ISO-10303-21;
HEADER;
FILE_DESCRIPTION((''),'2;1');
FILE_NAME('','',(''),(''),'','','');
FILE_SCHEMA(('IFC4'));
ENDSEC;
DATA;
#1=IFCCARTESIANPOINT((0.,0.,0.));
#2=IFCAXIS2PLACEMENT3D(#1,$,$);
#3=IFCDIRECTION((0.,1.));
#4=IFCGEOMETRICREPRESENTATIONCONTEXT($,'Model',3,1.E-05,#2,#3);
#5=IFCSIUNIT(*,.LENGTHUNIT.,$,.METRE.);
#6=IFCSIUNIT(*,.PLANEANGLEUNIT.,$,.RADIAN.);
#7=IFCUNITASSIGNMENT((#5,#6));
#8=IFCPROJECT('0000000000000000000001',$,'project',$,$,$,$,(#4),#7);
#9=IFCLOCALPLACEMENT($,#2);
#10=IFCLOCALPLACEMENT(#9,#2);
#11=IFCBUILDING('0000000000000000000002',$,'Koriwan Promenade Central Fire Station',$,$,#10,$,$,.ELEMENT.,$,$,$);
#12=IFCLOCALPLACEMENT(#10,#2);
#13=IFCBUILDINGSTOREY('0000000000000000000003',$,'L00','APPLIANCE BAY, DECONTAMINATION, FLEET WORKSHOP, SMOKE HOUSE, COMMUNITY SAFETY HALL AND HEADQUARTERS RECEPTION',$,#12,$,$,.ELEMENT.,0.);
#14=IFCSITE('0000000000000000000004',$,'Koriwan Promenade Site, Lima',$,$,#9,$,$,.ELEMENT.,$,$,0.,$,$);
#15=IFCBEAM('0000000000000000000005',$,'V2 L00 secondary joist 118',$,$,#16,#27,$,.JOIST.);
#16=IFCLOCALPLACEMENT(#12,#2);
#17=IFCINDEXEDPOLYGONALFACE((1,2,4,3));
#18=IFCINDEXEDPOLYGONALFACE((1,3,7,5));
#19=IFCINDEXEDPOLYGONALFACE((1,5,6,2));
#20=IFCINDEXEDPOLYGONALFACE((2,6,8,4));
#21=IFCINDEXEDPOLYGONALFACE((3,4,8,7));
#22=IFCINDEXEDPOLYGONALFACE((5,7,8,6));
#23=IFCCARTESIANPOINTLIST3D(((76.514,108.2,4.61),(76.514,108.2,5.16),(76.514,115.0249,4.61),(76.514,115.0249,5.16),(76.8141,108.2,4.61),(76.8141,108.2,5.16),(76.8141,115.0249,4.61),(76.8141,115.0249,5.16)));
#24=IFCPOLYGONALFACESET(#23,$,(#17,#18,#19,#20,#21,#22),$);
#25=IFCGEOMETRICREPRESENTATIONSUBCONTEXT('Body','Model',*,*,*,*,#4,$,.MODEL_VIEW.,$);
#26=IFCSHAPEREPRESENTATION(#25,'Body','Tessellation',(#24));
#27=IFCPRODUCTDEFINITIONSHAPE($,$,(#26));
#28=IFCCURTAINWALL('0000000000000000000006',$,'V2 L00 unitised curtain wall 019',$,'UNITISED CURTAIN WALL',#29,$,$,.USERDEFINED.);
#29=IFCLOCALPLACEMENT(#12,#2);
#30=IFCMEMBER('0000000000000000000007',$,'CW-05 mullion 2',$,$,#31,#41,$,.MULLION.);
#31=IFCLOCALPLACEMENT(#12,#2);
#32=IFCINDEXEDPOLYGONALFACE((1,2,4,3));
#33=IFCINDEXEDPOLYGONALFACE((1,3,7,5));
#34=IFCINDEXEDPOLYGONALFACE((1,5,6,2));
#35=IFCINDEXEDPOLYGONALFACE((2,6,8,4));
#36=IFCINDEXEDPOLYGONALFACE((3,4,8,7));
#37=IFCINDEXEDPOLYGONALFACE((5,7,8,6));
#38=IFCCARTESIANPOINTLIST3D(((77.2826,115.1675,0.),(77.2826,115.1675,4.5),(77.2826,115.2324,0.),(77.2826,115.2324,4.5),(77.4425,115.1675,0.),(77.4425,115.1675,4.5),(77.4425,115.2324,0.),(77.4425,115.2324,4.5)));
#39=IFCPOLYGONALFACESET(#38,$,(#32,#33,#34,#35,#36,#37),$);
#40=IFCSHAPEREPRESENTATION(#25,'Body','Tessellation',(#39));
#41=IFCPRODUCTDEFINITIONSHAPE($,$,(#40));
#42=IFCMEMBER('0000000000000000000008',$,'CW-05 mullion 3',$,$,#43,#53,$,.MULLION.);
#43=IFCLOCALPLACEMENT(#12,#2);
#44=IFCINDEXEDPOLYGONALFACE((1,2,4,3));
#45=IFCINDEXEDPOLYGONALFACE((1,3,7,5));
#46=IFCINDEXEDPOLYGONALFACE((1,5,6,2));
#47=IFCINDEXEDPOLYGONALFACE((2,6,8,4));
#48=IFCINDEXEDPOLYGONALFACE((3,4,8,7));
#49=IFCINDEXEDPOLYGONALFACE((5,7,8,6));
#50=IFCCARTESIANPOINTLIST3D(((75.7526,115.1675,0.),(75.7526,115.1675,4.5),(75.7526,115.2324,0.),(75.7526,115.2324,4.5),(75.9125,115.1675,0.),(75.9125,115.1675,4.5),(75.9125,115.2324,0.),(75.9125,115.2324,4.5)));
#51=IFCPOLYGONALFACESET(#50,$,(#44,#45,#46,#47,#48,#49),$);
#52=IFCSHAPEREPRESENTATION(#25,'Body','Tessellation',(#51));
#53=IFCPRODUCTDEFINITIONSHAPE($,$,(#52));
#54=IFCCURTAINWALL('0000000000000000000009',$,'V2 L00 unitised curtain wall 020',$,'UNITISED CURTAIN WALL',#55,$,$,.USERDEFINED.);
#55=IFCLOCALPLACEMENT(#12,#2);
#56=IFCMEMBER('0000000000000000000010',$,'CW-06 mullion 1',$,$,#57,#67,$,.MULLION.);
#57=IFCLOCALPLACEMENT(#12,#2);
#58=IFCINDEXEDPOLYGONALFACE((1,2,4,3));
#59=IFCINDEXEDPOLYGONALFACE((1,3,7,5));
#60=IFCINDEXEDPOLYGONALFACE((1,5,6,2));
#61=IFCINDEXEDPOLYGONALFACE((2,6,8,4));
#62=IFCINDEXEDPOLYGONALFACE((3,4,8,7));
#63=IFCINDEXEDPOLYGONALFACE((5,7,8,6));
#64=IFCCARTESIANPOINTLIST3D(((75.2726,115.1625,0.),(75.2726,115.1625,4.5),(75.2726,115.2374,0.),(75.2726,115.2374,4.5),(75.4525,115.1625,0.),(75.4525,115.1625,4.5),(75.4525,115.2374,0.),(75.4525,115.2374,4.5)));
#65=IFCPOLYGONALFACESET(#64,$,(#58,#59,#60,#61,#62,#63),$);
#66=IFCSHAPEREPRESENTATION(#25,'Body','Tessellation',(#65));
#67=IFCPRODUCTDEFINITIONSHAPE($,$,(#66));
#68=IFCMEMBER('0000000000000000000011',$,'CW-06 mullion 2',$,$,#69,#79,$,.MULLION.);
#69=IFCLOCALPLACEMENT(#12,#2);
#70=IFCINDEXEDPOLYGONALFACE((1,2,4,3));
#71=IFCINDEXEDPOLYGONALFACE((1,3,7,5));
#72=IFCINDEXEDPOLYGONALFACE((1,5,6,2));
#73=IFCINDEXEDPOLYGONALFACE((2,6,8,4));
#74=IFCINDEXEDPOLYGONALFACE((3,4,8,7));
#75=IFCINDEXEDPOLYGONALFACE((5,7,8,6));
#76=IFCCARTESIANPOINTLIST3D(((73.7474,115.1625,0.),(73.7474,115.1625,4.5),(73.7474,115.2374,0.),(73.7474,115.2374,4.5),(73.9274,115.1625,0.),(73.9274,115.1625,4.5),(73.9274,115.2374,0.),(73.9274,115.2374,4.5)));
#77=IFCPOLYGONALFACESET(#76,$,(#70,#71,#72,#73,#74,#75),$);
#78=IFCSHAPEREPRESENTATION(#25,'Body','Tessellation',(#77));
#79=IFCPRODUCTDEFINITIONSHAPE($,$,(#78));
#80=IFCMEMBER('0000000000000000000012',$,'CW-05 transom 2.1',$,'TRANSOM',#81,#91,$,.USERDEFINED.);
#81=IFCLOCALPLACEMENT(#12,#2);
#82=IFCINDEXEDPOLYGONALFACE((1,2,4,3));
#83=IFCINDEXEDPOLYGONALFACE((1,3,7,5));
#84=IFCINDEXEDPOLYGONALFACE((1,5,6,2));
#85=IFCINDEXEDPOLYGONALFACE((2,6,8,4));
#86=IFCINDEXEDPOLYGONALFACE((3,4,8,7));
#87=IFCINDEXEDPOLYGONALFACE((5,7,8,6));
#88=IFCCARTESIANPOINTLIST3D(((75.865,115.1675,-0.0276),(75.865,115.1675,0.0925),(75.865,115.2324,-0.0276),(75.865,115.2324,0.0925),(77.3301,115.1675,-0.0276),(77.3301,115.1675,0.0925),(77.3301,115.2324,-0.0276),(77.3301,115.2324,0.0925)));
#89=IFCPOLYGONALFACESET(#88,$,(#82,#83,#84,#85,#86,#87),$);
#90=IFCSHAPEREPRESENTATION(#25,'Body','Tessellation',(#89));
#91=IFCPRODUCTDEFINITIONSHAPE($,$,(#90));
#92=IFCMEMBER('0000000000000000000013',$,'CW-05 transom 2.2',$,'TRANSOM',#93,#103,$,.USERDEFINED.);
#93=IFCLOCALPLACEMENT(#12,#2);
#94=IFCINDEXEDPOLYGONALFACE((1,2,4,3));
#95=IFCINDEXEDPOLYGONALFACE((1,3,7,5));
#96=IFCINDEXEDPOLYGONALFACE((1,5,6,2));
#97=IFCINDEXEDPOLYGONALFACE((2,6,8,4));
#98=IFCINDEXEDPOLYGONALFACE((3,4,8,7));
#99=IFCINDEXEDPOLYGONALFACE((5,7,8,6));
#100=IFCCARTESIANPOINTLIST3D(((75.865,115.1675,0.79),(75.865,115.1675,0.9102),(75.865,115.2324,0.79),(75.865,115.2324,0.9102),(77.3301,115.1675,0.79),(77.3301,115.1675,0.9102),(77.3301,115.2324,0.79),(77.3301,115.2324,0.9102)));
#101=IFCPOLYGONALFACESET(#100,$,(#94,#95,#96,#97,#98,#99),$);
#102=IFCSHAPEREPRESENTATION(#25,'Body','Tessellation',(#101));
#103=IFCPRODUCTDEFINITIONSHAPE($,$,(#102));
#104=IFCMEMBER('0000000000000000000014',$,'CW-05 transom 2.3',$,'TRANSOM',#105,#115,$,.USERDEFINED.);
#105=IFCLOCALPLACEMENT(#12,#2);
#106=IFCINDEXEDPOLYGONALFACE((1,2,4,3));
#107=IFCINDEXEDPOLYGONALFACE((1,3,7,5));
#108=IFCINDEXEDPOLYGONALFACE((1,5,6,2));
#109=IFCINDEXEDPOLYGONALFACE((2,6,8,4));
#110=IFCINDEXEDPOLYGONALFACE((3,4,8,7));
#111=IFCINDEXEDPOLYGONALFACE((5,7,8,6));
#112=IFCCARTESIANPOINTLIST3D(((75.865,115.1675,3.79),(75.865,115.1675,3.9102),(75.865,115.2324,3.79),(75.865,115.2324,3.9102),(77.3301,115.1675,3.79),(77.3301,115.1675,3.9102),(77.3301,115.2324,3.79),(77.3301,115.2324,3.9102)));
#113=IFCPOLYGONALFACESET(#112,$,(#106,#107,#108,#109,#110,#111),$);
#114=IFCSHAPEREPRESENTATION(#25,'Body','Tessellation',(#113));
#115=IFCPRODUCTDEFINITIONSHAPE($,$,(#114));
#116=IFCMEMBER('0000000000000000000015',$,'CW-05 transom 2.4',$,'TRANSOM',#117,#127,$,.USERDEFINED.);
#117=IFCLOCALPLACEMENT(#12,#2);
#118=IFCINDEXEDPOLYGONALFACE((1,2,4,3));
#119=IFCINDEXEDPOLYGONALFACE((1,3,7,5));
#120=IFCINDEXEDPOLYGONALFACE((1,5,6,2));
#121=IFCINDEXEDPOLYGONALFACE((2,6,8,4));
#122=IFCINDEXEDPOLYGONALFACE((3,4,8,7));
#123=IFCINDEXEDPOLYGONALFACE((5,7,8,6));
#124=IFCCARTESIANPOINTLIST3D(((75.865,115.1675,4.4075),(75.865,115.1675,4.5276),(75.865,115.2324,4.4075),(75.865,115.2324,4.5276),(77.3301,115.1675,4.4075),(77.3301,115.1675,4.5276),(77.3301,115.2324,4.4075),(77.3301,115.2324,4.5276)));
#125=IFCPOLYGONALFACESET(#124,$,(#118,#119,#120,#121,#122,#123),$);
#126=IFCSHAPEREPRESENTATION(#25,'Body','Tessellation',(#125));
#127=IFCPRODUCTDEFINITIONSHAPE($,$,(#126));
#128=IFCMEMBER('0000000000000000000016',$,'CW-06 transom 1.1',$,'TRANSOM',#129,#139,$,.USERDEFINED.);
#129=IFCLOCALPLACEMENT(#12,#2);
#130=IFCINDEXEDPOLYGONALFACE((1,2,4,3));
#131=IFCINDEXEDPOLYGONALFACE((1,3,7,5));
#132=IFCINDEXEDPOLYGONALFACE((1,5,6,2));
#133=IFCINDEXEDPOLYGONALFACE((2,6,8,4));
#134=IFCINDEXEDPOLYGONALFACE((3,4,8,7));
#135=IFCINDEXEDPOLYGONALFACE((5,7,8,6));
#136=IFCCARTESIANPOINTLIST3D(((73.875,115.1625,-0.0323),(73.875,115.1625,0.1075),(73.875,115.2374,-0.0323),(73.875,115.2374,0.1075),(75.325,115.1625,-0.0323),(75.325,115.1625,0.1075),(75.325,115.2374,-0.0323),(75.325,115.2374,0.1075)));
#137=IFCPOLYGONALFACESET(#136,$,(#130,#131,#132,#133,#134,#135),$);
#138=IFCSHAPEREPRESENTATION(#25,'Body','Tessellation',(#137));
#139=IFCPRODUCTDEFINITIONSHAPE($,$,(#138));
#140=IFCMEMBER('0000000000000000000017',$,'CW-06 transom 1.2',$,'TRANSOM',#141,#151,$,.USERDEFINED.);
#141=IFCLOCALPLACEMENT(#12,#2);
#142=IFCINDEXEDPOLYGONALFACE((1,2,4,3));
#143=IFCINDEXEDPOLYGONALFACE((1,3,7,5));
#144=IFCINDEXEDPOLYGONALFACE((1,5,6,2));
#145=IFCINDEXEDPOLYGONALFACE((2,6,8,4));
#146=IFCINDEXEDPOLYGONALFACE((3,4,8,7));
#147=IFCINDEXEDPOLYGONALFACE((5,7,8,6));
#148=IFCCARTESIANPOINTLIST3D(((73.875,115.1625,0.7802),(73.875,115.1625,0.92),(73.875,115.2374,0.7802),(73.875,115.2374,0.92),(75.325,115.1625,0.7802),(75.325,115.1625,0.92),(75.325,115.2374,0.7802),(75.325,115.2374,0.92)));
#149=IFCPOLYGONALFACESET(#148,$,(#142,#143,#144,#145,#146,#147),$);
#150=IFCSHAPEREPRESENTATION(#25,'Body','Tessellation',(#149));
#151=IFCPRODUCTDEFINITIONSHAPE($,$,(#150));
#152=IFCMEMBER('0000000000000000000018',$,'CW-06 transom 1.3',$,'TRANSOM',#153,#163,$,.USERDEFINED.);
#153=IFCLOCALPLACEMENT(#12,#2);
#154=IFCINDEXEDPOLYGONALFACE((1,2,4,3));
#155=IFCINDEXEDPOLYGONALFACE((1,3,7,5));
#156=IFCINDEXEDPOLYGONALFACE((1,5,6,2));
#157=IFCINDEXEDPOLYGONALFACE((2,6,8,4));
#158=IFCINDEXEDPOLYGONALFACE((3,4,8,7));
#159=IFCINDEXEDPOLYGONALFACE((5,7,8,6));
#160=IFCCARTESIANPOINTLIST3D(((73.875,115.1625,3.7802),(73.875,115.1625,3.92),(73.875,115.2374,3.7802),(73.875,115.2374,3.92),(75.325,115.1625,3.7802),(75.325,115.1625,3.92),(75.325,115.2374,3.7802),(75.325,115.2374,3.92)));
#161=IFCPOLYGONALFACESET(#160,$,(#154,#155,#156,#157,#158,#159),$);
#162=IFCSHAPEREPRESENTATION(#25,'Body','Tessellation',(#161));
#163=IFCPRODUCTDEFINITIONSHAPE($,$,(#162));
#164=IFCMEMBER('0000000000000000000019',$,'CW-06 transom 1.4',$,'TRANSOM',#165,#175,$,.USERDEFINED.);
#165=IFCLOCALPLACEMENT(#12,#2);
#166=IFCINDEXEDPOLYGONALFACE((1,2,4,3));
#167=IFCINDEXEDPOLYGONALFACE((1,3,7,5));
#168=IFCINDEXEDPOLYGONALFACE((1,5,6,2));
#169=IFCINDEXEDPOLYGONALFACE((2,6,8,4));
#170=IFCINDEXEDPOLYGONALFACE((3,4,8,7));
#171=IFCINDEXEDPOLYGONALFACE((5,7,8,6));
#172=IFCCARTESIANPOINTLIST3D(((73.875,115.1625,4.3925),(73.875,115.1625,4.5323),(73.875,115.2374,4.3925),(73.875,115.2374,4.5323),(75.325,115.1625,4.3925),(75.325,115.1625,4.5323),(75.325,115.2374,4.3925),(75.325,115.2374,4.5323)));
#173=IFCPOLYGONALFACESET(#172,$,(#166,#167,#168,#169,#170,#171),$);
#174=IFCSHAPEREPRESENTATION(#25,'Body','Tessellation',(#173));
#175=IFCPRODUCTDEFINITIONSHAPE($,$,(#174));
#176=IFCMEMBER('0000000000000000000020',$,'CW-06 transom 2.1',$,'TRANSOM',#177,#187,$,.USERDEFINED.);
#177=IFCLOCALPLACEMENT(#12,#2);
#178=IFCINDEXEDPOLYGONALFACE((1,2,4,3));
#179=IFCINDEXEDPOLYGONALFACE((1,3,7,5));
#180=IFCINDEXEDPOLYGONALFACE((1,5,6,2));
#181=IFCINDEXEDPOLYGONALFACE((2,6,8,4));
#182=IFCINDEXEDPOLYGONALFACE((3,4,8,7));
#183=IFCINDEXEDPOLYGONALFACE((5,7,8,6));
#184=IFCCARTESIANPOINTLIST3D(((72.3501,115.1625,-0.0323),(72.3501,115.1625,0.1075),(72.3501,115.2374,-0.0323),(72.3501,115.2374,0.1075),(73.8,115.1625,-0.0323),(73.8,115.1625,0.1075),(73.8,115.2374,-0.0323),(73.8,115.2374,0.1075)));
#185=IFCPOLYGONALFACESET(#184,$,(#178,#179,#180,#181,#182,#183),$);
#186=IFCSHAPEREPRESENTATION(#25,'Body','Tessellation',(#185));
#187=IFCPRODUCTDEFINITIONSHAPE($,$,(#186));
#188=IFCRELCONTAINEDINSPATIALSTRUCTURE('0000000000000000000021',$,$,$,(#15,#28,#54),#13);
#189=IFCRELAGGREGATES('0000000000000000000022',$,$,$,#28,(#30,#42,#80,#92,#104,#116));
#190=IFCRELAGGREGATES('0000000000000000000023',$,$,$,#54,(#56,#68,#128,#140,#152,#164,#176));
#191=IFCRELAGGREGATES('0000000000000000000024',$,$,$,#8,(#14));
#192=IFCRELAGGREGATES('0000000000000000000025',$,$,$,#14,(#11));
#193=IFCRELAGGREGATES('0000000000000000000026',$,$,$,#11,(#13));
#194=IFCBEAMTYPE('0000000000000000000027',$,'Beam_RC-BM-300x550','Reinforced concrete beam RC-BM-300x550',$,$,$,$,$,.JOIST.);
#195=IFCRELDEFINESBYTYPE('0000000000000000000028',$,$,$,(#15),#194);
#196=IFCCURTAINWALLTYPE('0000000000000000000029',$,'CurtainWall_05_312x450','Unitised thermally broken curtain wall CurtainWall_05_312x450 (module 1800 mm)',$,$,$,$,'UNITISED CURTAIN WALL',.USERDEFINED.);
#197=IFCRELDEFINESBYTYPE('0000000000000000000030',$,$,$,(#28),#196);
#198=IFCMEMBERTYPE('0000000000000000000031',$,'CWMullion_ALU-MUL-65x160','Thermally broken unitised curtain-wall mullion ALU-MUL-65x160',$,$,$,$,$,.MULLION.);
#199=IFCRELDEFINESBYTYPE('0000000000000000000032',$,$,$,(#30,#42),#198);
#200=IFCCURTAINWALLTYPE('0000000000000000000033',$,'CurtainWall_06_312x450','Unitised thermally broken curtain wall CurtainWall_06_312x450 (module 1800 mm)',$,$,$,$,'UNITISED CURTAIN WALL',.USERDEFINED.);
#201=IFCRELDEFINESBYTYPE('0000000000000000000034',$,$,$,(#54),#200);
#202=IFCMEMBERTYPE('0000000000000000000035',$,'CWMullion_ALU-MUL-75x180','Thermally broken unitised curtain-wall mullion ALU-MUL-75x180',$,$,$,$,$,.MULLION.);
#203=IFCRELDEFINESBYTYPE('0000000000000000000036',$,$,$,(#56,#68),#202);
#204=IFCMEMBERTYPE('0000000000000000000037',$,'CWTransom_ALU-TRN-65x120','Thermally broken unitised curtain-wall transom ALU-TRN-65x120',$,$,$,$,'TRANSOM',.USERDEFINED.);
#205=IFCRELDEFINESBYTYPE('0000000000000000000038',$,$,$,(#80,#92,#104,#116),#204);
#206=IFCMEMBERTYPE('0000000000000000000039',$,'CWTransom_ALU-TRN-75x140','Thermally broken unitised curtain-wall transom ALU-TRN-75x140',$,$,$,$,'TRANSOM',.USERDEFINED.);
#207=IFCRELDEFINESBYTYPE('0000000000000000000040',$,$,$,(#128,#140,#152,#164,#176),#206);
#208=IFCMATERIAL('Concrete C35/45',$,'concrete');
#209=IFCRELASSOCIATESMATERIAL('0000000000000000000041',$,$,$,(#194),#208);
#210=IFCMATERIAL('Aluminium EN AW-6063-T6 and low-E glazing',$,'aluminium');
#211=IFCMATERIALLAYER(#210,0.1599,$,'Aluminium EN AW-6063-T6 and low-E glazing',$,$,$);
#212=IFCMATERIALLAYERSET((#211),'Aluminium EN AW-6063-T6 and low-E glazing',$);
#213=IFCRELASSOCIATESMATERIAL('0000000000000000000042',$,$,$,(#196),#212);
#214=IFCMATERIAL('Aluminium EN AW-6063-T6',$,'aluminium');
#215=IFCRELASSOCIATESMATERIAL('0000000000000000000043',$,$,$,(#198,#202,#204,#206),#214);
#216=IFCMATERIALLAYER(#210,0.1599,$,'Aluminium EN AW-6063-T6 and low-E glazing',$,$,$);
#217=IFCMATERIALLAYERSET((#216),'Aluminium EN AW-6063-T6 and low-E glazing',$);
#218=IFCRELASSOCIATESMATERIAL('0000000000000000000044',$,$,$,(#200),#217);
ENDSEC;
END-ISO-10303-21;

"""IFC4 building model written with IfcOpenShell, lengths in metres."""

from ifc_helpers import new_model, si_unit, direction, frame, origin, origin_2d, place, context, subcontext, project, spatial, rectangle, extrude, material, layer, layer_set, material_profile, profile_set, type_object, element, aggregate, save


model = new_model("IFC4")

# Units and contexts
model_context = context("Model", 3, precision=1e-05, world=origin(), true_north=direction((0.0, 1.0)))
body_context = subcontext(model_context, "Body", "Model", "MODEL_VIEW")
ifc_project = project(units=[si_unit("LENGTHUNIT", "METRE"), si_unit("PLANEANGLEUNIT", "RADIAN")], contexts=[model_context])

# Site, building, storey
site_placement = place(None, origin())
site = spatial("IfcSite", under=ifc_project, at=site_placement, Name="Koriwan Promenade Site, Lima", CompositionType="ELEMENT", RefElevation=0.0)
building_placement = place(site_placement, origin())
building = spatial("IfcBuilding", under=site, at=building_placement, Name="Koriwan Promenade Central Fire Station", CompositionType="ELEMENT")
storey_placement = place(building_placement, origin())
storey = spatial("IfcBuildingStorey", under=building, at=storey_placement, Name="L00", Description="APPLIANCE BAY, DECONTAMINATION, FLEET WORKSHOP, SMOKE HOUSE, COMMUNITY SAFETY HALL AND HEADQUARTERS RECEPTION", CompositionType="ELEMENT", Elevation=0.0)

# Shared definitions
ifc_material_1 = material(Name="Concrete C35/45", Category="concrete")

# Beam
ifc_material_profile_1 = material_profile(ifc_material_1, rectangle(XDim=0.3, YDim=0.55, at=origin_2d()), Name="RC-BM-300x550")
ifc_profile_set_1 = profile_set([ifc_material_profile_1], Name="Concrete C35/45")
beam_type_1 = type_object("IfcBeamType", Name="Beam_RC-BM-300x550", Description="Reinforced concrete beam RC-BM-300x550", PredefinedType="JOIST", material=ifc_profile_set_1)
beam_1_placement = place(storey_placement, frame((76.6641, 108.2, 4.885), z_axis=(0.0, 1.0, 0.0), x_axis=(-1.0, 0.0, 0.0)))
element("IfcBeam", 1, at=beam_1_placement, inside=storey, type_object=beam_type_1, Name="V2 L00 secondary joist 118", PredefinedType="JOIST", context=body_context, shape_type="SweptSolid", body=[
    extrude(rectangle(XDim=0.3, YDim=0.55, at=origin_2d()), origin(), (0.0, 0.0, 1.0), 6.825),
])

# Curtain walls, members
ifc_material_2 = material(Name="Aluminium EN AW-6063-T6 and low-E glazing", Category="aluminium")
ifc_layer_1 = layer(ifc_material_2, 0.1599, Name="Aluminium EN AW-6063-T6 and low-E glazing")
ifc_layer_set_1 = layer_set([ifc_layer_1], Name="Aluminium EN AW-6063-T6 and low-E glazing")
curtain_wall_type_1 = type_object("IfcCurtainWallType", Name="CurtainWall_05_312x450", Description="Unitised thermally broken curtain wall CurtainWall_05_312x450 (module 1800 mm)", ElementType="UNITISED CURTAIN WALL", PredefinedType="USERDEFINED", material=ifc_layer_set_1)
curtain_wall_1_placement = place(storey_placement, origin())
curtain_wall_1 = element("IfcCurtainWall", 2, at=curtain_wall_1_placement, inside=storey, type_object=curtain_wall_type_1, Name="V2 L00 unitised curtain wall 019", ObjectType="UNITISED CURTAIN WALL", PredefinedType="USERDEFINED")
ifc_material_3 = material(Name="Aluminium EN AW-6063-T6", Category="aluminium")
ifc_material_profile_2 = material_profile(ifc_material_3, rectangle(XDim=0.0649, YDim=0.1599, at=origin_2d()), Name="ALU-MUL-65x160")
ifc_profile_set_2 = profile_set([ifc_material_profile_2], Name="Aluminium EN AW-6063-T6")
member_type_1 = type_object("IfcMemberType", Name="CWMullion_ALU-MUL-65x160", Description="Thermally broken unitised curtain-wall mullion ALU-MUL-65x160", PredefinedType="MULLION", material=ifc_profile_set_2)
member_1_placement = place(storey_placement, frame((77.3625, 115.2, 0.0), z_axis=(0.0, 0.0, 1.0), x_axis=(0.0, -1.0, 0.0)))
member_1 = element("IfcMember", 3, at=member_1_placement, type_object=member_type_1, Name="CW-05 mullion 2", PredefinedType="MULLION", context=body_context, shape_type="SweptSolid", body=[
    extrude(rectangle(XDim=0.0649, YDim=0.1599, at=origin_2d()), origin(), (0.0, 0.0, 1.0), 4.5),
])
member_2_placement = place(storey_placement, frame((75.8325, 115.2, 0.0), z_axis=(0.0, 0.0, 1.0), x_axis=(0.0, -1.0, 0.0)))
member_2 = element("IfcMember", 4, at=member_2_placement, type_object=member_type_1, Name="CW-05 mullion 3", PredefinedType="MULLION", context=body_context, shape_type="SweptSolid", body=[
    extrude(rectangle(XDim=0.0649, YDim=0.1599, at=origin_2d()), origin(), (0.0, 0.0, 1.0), 4.5),
])
ifc_layer_2 = layer(ifc_material_2, 0.1599, Name="Aluminium EN AW-6063-T6 and low-E glazing")
ifc_layer_set_2 = layer_set([ifc_layer_2], Name="Aluminium EN AW-6063-T6 and low-E glazing")
curtain_wall_type_2 = type_object("IfcCurtainWallType", Name="CurtainWall_06_312x450", Description="Unitised thermally broken curtain wall CurtainWall_06_312x450 (module 1800 mm)", ElementType="UNITISED CURTAIN WALL", PredefinedType="USERDEFINED", material=ifc_layer_set_2)
curtain_wall_2_placement = place(storey_placement, origin())
curtain_wall_2 = element("IfcCurtainWall", 5, at=curtain_wall_2_placement, inside=storey, type_object=curtain_wall_type_2, Name="V2 L00 unitised curtain wall 020", ObjectType="UNITISED CURTAIN WALL", PredefinedType="USERDEFINED")
ifc_material_profile_3 = material_profile(ifc_material_3, rectangle(XDim=0.075, YDim=0.1799, at=origin_2d()), Name="ALU-MUL-75x180")
ifc_profile_set_3 = profile_set([ifc_material_profile_3], Name="Aluminium EN AW-6063-T6")
member_type_2 = type_object("IfcMemberType", Name="CWMullion_ALU-MUL-75x180", Description="Thermally broken unitised curtain-wall mullion ALU-MUL-75x180", PredefinedType="MULLION", material=ifc_profile_set_3)
member_3_placement = place(storey_placement, frame((75.3625, 115.2, 0.0), z_axis=(0.0, 0.0, 1.0), x_axis=(0.0, -1.0, 0.0)))
member_3 = element("IfcMember", 6, at=member_3_placement, type_object=member_type_2, Name="CW-06 mullion 1", PredefinedType="MULLION", context=body_context, shape_type="SweptSolid", body=[
    extrude(rectangle(XDim=0.075, YDim=0.1799, at=origin_2d()), origin(), (0.0, 0.0, 1.0), 4.5),
])
member_4_placement = place(storey_placement, frame((73.8374, 115.2, 0.0), z_axis=(0.0, 0.0, 1.0), x_axis=(0.0, -1.0, 0.0)))
member_4 = element("IfcMember", 7, at=member_4_placement, type_object=member_type_2, Name="CW-06 mullion 2", PredefinedType="MULLION", context=body_context, shape_type="SweptSolid", body=[
    extrude(rectangle(XDim=0.075, YDim=0.1799, at=origin_2d()), origin(), (0.0, 0.0, 1.0), 4.5),
])

# Members
ifc_material_profile_4 = material_profile(ifc_material_3, rectangle(XDim=0.0649, YDim=0.1201, at=origin_2d()), Name="ALU-TRN-65x120")
ifc_profile_set_4 = profile_set([ifc_material_profile_4], Name="Aluminium EN AW-6063-T6")
member_type_3 = type_object("IfcMemberType", Name="CWTransom_ALU-TRN-65x120", Description="Thermally broken unitised curtain-wall transom ALU-TRN-65x120", ElementType="TRANSOM", PredefinedType="USERDEFINED", material=ifc_profile_set_4)
member_5_placement = place(storey_placement, frame((77.3301, 115.2, 0.0325), z_axis=(-1.0, 0.0, 0.0), x_axis=(0.0, -1.0, 0.0)))
member_5 = element("IfcMember", 8, at=member_5_placement, type_object=member_type_3, Name="CW-05 transom 2.1", ObjectType="TRANSOM", PredefinedType="USERDEFINED", context=body_context, shape_type="SweptSolid", body=[
    extrude(rectangle(XDim=0.0649, YDim=0.1201, at=origin_2d()), origin(), (0.0, 0.0, 1.0), 1.4651),
])
member_6_placement = place(storey_placement, frame((77.3301, 115.2, 0.8501), z_axis=(-1.0, 0.0, 0.0), x_axis=(0.0, -1.0, 0.0)))
member_6 = element("IfcMember", 9, at=member_6_placement, type_object=member_type_3, Name="CW-05 transom 2.2", ObjectType="TRANSOM", PredefinedType="USERDEFINED", context=body_context, shape_type="SweptSolid", body=[
    extrude(rectangle(XDim=0.0649, YDim=0.1201, at=origin_2d()), origin(), (0.0, 0.0, 1.0), 1.4651),
])
member_7_placement = place(storey_placement, frame((77.3301, 115.2, 3.8501), z_axis=(-1.0, 0.0, 0.0), x_axis=(0.0, -1.0, 0.0)))
member_7 = element("IfcMember", 10, at=member_7_placement, type_object=member_type_3, Name="CW-05 transom 2.3", ObjectType="TRANSOM", PredefinedType="USERDEFINED", context=body_context, shape_type="SweptSolid", body=[
    extrude(rectangle(XDim=0.0649, YDim=0.1201, at=origin_2d()), origin(), (0.0, 0.0, 1.0), 1.4651),
])
member_8_placement = place(storey_placement, frame((77.3301, 115.2, 4.4675), z_axis=(-1.0, 0.0, 0.0), x_axis=(0.0, -1.0, 0.0)))
member_8 = element("IfcMember", 11, at=member_8_placement, type_object=member_type_3, Name="CW-05 transom 2.4", ObjectType="TRANSOM", PredefinedType="USERDEFINED", context=body_context, shape_type="SweptSolid", body=[
    extrude(rectangle(XDim=0.0649, YDim=0.1201, at=origin_2d()), origin(), (0.0, 0.0, 1.0), 1.4651),
])
ifc_material_profile_5 = material_profile(ifc_material_3, rectangle(XDim=0.075, YDim=0.1399, at=origin_2d()), Name="ALU-TRN-75x140")
ifc_profile_set_5 = profile_set([ifc_material_profile_5], Name="Aluminium EN AW-6063-T6")
member_type_4 = type_object("IfcMemberType", Name="CWTransom_ALU-TRN-75x140", Description="Thermally broken unitised curtain-wall transom ALU-TRN-75x140", ElementType="TRANSOM", PredefinedType="USERDEFINED", material=ifc_profile_set_5)
member_9_placement = place(storey_placement, frame((75.325, 115.2, 0.0376), z_axis=(-1.0, 0.0, 0.0), x_axis=(0.0, -1.0, 0.0)))
member_9 = element("IfcMember", 12, at=member_9_placement, type_object=member_type_4, Name="CW-06 transom 1.1", ObjectType="TRANSOM", PredefinedType="USERDEFINED", context=body_context, shape_type="SweptSolid", body=[
    extrude(rectangle(XDim=0.075, YDim=0.1399, at=origin_2d()), origin(), (0.0, 0.0, 1.0), 1.45),
])
member_10_placement = place(storey_placement, frame((75.325, 115.2, 0.8501), z_axis=(-1.0, 0.0, 0.0), x_axis=(0.0, -1.0, 0.0)))
member_10 = element("IfcMember", 13, at=member_10_placement, type_object=member_type_4, Name="CW-06 transom 1.2", ObjectType="TRANSOM", PredefinedType="USERDEFINED", context=body_context, shape_type="SweptSolid", body=[
    extrude(rectangle(XDim=0.075, YDim=0.1399, at=origin_2d()), origin(), (0.0, 0.0, 1.0), 1.45),
])
member_11_placement = place(storey_placement, frame((75.325, 115.2, 3.8501), z_axis=(-1.0, 0.0, 0.0), x_axis=(0.0, -1.0, 0.0)))
member_11 = element("IfcMember", 14, at=member_11_placement, type_object=member_type_4, Name="CW-06 transom 1.3", ObjectType="TRANSOM", PredefinedType="USERDEFINED", context=body_context, shape_type="SweptSolid", body=[
    extrude(rectangle(XDim=0.075, YDim=0.1399, at=origin_2d()), origin(), (0.0, 0.0, 1.0), 1.45),
])
member_12_placement = place(storey_placement, frame((75.325, 115.2, 4.4624), z_axis=(-1.0, 0.0, 0.0), x_axis=(0.0, -1.0, 0.0)))
member_12 = element("IfcMember", 15, at=member_12_placement, type_object=member_type_4, Name="CW-06 transom 1.4", ObjectType="TRANSOM", PredefinedType="USERDEFINED", context=body_context, shape_type="SweptSolid", body=[
    extrude(rectangle(XDim=0.075, YDim=0.1399, at=origin_2d()), origin(), (0.0, 0.0, 1.0), 1.45),
])
member_13_placement = place(storey_placement, frame((73.8, 115.2, 0.0376), z_axis=(-1.0, 0.0, 0.0), x_axis=(0.0, -1.0, 0.0)))
member_13 = element("IfcMember", 16, at=member_13_placement, type_object=member_type_4, Name="CW-06 transom 2.1", ObjectType="TRANSOM", PredefinedType="USERDEFINED", context=body_context, shape_type="SweptSolid", body=[
    extrude(rectangle(XDim=0.075, YDim=0.1399, at=origin_2d()), origin(), (0.0, 0.0, 1.0), 1.45),
])

aggregate(curtain_wall_1, [member_1, member_2, member_5, member_6, member_7, member_8])
aggregate(curtain_wall_2, [member_3, member_4, member_9, member_10, member_11, member_12, member_13])

save(model, "model.ifc")
